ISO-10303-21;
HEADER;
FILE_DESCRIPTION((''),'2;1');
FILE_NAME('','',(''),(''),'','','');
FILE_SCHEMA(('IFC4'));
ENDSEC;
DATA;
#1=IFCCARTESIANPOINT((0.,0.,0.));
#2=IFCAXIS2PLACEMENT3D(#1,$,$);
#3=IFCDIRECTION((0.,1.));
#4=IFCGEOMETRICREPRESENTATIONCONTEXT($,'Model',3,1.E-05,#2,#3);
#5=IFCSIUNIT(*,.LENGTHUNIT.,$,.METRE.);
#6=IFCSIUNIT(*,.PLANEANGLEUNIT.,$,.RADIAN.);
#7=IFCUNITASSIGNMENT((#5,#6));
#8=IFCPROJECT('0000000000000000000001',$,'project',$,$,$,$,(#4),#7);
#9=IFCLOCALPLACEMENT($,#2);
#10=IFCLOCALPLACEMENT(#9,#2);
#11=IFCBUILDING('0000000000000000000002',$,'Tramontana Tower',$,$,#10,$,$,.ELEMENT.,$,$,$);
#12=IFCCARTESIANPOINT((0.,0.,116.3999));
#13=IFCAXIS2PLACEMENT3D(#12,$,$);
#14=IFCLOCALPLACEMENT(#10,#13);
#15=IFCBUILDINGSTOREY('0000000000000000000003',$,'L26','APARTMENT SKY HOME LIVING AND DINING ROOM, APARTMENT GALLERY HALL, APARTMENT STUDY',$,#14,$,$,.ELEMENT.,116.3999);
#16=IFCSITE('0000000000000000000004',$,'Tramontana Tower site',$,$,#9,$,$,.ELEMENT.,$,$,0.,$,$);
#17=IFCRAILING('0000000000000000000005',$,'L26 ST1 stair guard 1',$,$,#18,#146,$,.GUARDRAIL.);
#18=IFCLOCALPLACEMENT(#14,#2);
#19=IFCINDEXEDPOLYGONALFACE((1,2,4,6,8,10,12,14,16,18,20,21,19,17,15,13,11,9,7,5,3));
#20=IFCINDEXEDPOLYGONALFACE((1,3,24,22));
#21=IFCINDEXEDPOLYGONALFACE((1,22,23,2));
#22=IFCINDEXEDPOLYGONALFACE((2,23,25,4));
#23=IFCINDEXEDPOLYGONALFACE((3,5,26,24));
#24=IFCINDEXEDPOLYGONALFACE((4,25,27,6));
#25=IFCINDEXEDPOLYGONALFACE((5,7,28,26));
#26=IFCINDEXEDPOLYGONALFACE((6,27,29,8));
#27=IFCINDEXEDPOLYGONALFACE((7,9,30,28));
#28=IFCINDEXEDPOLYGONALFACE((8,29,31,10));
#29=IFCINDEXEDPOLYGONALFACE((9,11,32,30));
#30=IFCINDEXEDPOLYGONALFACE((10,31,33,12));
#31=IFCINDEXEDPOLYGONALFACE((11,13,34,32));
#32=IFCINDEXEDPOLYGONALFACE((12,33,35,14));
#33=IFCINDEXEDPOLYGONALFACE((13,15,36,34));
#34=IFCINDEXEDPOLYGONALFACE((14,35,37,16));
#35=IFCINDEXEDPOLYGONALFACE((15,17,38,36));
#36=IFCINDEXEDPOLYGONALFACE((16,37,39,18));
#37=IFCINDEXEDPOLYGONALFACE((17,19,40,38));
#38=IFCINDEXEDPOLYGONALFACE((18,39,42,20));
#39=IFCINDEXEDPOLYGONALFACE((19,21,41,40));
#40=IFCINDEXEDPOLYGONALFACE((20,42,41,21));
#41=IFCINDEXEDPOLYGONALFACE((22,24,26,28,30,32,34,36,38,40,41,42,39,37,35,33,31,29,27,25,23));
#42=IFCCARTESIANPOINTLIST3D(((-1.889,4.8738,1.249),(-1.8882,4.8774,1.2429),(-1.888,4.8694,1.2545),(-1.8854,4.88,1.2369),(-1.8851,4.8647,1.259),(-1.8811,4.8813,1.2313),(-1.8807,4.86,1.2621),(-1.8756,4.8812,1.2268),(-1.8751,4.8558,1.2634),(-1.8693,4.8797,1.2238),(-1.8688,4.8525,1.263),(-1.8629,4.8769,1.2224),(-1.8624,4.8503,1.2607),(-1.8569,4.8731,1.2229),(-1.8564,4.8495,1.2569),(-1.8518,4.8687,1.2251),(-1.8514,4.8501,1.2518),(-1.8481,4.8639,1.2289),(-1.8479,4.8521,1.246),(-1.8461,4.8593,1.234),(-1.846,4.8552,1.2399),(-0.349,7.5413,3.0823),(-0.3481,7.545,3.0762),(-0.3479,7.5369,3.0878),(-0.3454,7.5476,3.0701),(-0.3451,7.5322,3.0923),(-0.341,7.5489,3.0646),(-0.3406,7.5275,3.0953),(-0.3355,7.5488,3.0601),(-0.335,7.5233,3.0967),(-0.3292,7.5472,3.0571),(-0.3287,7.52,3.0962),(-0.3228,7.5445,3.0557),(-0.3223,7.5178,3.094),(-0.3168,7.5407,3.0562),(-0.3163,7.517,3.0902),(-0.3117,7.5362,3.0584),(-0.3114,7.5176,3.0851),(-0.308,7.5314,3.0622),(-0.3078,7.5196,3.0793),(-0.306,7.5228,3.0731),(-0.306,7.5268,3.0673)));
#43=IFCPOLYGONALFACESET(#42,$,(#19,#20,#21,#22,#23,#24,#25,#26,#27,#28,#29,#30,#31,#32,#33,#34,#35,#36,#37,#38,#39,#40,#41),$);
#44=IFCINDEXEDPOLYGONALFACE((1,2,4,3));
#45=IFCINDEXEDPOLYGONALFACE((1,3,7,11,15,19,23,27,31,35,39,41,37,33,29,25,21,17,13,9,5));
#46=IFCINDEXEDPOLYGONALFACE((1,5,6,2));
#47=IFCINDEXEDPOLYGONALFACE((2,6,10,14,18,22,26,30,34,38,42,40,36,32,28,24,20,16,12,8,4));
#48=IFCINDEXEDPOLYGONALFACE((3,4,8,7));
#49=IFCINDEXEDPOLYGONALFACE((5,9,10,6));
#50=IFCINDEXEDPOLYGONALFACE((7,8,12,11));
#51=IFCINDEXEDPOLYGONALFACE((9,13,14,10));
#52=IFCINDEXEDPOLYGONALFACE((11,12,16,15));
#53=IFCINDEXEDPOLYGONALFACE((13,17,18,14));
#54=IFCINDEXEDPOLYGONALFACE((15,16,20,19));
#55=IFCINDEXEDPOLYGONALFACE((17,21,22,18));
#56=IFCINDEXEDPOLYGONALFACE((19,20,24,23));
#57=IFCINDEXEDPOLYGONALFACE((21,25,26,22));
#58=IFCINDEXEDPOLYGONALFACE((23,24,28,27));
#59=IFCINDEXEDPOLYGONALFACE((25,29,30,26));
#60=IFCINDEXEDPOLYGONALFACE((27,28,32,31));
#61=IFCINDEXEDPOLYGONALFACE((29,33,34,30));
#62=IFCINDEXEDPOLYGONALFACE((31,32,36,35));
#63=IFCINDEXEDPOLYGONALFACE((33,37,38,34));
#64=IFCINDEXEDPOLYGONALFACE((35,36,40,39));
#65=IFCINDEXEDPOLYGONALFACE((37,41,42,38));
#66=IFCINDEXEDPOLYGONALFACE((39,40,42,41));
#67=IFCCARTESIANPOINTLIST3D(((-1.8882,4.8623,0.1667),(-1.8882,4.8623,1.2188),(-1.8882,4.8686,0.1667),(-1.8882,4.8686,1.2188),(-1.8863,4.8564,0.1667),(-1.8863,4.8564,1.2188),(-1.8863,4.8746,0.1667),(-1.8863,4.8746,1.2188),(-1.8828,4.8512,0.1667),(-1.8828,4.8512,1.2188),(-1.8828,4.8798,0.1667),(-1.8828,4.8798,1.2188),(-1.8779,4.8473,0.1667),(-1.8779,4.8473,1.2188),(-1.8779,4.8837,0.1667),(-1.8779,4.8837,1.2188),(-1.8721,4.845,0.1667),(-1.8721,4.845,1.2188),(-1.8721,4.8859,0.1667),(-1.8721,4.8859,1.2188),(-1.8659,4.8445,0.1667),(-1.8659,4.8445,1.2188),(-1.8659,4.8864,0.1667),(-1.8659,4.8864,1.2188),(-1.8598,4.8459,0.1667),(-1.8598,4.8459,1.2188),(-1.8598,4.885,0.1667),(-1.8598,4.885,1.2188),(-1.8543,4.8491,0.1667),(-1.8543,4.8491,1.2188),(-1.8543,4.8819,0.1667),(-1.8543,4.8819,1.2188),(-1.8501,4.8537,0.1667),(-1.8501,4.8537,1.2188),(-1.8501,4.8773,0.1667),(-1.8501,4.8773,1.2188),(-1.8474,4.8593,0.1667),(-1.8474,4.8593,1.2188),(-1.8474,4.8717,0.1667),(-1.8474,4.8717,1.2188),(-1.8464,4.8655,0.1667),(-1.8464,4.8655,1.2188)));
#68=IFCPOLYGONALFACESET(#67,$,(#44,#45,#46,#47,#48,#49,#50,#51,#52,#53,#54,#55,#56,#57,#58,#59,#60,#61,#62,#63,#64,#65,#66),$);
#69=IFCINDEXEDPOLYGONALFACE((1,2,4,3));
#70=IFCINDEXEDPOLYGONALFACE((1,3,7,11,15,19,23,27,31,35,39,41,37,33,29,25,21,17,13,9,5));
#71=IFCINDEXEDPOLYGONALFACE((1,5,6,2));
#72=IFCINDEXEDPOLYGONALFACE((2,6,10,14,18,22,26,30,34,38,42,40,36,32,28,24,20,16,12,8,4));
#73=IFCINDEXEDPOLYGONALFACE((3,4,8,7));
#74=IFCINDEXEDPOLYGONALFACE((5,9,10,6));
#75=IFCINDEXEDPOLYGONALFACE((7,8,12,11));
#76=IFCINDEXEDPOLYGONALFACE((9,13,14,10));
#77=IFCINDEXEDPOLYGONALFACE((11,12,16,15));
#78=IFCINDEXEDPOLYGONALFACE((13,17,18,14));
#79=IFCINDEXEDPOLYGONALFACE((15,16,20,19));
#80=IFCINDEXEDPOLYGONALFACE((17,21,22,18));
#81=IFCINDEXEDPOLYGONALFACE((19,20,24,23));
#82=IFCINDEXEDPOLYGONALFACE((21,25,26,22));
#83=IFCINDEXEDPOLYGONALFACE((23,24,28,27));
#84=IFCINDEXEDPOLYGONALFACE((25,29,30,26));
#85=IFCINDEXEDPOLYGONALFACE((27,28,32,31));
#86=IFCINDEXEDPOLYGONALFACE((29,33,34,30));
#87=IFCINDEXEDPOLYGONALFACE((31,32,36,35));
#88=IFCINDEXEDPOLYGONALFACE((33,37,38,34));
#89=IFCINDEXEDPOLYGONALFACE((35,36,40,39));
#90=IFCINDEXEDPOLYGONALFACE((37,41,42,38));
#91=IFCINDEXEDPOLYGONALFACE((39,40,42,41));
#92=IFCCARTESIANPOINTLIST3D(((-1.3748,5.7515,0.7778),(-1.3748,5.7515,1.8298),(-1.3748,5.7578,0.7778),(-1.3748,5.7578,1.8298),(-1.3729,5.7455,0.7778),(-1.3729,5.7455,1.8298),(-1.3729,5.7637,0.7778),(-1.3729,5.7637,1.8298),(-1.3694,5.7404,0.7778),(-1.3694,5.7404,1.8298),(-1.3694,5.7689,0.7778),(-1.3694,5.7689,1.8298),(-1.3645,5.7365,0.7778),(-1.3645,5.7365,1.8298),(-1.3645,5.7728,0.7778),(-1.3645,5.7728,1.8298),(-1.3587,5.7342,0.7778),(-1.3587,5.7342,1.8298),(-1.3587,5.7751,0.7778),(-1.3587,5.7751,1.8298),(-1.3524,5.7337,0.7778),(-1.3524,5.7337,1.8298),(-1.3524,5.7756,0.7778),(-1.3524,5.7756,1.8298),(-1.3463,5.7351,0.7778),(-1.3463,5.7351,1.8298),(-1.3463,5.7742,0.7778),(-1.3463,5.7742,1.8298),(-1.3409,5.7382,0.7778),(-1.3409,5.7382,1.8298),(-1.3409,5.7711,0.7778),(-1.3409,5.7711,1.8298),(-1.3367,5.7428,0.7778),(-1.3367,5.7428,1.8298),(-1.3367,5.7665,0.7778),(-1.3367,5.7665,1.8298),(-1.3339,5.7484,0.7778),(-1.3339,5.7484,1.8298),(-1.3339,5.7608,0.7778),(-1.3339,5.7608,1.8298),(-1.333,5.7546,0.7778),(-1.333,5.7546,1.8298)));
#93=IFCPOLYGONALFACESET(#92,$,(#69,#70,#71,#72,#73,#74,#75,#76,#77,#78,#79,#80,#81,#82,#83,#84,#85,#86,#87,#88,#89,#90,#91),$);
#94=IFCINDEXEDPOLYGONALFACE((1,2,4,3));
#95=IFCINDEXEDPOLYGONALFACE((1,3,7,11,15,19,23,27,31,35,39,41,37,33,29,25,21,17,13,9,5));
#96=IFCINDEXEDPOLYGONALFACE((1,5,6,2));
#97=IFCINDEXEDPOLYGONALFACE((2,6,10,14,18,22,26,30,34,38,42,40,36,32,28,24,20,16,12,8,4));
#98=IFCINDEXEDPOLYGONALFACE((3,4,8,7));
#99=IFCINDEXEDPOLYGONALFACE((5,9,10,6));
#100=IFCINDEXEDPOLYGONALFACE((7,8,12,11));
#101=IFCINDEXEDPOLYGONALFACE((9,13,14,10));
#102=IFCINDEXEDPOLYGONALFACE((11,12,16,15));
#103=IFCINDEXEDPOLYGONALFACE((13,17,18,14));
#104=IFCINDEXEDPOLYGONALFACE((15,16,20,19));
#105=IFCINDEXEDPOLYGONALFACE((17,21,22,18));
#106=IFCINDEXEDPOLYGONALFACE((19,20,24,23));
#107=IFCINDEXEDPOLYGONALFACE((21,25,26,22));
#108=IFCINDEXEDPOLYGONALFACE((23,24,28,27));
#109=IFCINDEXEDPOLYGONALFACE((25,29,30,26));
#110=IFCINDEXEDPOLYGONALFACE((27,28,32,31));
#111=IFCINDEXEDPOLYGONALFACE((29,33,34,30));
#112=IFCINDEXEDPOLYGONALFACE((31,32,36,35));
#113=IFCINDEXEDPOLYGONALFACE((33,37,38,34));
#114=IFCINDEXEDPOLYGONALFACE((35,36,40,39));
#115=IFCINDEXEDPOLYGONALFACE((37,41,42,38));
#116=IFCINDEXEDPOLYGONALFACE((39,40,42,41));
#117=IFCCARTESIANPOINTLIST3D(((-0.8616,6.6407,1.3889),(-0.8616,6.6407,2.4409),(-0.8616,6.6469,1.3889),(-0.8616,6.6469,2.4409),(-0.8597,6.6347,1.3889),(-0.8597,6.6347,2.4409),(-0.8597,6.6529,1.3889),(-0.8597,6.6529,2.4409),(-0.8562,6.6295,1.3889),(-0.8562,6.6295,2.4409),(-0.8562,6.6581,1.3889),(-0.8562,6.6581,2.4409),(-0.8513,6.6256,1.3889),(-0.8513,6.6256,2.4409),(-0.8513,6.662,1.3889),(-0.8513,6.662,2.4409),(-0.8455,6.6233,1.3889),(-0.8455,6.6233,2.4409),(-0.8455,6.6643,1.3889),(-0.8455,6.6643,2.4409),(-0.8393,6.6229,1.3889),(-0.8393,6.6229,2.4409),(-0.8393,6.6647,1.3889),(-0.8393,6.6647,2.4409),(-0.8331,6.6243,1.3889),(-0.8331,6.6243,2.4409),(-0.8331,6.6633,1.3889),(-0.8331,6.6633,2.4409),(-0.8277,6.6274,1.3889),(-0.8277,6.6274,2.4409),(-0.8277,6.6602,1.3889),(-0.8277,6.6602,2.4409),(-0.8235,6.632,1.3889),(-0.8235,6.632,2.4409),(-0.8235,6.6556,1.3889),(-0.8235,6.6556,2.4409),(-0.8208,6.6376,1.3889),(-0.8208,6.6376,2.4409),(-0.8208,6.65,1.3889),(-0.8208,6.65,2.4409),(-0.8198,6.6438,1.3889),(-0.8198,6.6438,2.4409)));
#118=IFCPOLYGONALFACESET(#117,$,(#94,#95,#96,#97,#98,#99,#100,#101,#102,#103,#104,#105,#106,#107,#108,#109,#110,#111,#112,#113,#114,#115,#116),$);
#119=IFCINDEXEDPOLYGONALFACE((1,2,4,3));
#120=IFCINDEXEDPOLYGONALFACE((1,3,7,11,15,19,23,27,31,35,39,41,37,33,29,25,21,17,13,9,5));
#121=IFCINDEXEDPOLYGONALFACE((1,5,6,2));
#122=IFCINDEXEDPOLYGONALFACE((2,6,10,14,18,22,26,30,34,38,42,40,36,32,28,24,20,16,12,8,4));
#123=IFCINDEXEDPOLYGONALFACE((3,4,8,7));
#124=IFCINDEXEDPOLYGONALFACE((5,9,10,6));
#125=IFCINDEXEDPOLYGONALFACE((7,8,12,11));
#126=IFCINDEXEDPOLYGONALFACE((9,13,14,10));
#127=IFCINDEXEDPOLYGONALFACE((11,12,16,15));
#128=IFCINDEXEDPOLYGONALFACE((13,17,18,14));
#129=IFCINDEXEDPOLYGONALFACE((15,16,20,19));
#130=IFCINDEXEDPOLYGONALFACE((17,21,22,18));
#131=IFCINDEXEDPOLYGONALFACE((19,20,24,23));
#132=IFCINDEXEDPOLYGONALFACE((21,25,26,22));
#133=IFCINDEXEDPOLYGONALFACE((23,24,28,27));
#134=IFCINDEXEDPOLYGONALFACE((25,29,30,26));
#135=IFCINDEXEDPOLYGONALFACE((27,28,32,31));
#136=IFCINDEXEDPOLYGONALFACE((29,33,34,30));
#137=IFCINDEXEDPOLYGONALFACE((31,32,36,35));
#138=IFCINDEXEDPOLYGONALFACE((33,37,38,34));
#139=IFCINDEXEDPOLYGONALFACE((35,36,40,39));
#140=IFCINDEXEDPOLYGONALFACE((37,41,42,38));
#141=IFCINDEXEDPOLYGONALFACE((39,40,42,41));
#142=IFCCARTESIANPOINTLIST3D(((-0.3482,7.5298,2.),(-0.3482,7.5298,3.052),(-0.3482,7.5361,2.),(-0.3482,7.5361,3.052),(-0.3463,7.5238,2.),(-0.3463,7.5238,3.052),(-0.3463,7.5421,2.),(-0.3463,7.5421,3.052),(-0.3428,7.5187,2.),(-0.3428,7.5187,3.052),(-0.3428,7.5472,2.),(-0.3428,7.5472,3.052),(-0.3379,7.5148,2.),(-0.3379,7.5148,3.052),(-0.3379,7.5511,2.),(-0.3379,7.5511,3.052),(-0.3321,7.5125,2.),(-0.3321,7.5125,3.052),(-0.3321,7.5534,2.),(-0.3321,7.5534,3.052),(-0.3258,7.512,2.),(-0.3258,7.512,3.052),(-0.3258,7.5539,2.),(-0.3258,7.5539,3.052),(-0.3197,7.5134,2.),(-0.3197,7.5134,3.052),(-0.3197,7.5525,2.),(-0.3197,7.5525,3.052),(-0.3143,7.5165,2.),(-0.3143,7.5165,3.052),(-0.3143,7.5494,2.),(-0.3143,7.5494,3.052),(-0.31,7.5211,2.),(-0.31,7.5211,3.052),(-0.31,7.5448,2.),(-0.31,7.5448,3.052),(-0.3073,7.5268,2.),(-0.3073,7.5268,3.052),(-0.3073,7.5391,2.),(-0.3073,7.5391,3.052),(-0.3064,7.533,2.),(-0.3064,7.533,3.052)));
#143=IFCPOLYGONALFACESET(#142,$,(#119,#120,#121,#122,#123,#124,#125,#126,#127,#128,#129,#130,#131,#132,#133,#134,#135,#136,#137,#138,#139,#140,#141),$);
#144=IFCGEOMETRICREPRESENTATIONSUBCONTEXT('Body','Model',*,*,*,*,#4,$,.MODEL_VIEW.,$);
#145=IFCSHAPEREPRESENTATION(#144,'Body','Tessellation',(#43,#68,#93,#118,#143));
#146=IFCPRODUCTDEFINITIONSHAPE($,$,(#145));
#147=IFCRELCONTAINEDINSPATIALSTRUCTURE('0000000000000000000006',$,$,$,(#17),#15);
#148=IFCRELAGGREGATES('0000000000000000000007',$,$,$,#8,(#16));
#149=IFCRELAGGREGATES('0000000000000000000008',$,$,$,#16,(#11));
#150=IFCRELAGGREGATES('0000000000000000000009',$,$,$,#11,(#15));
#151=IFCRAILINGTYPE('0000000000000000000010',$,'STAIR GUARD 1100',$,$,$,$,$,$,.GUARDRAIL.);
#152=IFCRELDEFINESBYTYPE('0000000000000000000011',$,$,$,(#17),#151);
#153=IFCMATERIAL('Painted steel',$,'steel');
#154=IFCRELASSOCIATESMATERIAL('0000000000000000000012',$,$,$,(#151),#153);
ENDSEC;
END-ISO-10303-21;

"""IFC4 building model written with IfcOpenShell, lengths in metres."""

from ifc_helpers import new_model, si_unit, direction, frame, origin, origin_2d, place, context, subcontext, project, spatial, circle, extrude, material, type_object, element, save


model = new_model("IFC4")

# Units and contexts
model_context = context("Model", 3, precision=1e-05, world=origin(), true_north=direction((0.0, 1.0)))
body_context = subcontext(model_context, "Body", "Model", "MODEL_VIEW")
ifc_project = project(units=[si_unit("LENGTHUNIT", "METRE"), si_unit("PLANEANGLEUNIT", "RADIAN")], contexts=[model_context])

# Site, building, storey
site_placement = place(None, origin())
site = spatial("IfcSite", under=ifc_project, at=site_placement, Name="Tramontana Tower site", CompositionType="ELEMENT", RefElevation=0.0)
building_placement = place(site_placement, origin())
building = spatial("IfcBuilding", under=site, at=building_placement, Name="Tramontana Tower", CompositionType="ELEMENT")
storey_placement = place(building_placement, frame((0.0, 0.0, 116.3999)))
storey = spatial("IfcBuildingStorey", under=building, at=storey_placement, Name="L26", Description="APARTMENT SKY HOME LIVING AND DINING ROOM, APARTMENT GALLERY HALL, APARTMENT STUDY", CompositionType="ELEMENT", Elevation=116.3999)

# Railing
ifc_material_1 = material(Name="Painted steel", Category="steel")
railing_type = type_object("IfcRailingType", Name="STAIR GUARD 1100", PredefinedType="GUARDRAIL", material=ifc_material_1)
railing_1_placement = place(storey_placement, frame((-1.8674, 4.8655, 0.1667)))
element("IfcRailing", 1, at=railing_1_placement, inside=storey, type_object=railing_type, Name="L26 ST1 stair guard 1", PredefinedType="GUARDRAIL", context=body_context, shape_type="SweptSolid", body=[
    extrude(circle(Radius=0.0239, at=origin_2d()), frame((0.0, 0.0, 1.0762), z_axis=(0.429649, 0.74419, 0.511452), x_axis=(-0.86603, 0.499992, 0.0)), (0.0, 0.0, 1.0), 3.5845),
    extrude(circle(Radius=0.021, at=origin_2d()), origin(), (0.0, 0.0, 1.0), 1.052),
    extrude(circle(Radius=0.021, at=origin_2d()), frame((0.5134, 0.8892, 0.6111)), (0.0, 0.0, 1.0), 1.052),
    extrude(circle(Radius=0.021, at=origin_2d()), frame((1.0266, 1.7783, 1.2222)), (0.0, 0.0, 1.0), 1.052),
    extrude(circle(Radius=0.021, at=origin_2d()), frame((1.54, 2.6675, 1.8333)), (0.0, 0.0, 1.0), 1.052),
])

save(model, "model.ifc")
